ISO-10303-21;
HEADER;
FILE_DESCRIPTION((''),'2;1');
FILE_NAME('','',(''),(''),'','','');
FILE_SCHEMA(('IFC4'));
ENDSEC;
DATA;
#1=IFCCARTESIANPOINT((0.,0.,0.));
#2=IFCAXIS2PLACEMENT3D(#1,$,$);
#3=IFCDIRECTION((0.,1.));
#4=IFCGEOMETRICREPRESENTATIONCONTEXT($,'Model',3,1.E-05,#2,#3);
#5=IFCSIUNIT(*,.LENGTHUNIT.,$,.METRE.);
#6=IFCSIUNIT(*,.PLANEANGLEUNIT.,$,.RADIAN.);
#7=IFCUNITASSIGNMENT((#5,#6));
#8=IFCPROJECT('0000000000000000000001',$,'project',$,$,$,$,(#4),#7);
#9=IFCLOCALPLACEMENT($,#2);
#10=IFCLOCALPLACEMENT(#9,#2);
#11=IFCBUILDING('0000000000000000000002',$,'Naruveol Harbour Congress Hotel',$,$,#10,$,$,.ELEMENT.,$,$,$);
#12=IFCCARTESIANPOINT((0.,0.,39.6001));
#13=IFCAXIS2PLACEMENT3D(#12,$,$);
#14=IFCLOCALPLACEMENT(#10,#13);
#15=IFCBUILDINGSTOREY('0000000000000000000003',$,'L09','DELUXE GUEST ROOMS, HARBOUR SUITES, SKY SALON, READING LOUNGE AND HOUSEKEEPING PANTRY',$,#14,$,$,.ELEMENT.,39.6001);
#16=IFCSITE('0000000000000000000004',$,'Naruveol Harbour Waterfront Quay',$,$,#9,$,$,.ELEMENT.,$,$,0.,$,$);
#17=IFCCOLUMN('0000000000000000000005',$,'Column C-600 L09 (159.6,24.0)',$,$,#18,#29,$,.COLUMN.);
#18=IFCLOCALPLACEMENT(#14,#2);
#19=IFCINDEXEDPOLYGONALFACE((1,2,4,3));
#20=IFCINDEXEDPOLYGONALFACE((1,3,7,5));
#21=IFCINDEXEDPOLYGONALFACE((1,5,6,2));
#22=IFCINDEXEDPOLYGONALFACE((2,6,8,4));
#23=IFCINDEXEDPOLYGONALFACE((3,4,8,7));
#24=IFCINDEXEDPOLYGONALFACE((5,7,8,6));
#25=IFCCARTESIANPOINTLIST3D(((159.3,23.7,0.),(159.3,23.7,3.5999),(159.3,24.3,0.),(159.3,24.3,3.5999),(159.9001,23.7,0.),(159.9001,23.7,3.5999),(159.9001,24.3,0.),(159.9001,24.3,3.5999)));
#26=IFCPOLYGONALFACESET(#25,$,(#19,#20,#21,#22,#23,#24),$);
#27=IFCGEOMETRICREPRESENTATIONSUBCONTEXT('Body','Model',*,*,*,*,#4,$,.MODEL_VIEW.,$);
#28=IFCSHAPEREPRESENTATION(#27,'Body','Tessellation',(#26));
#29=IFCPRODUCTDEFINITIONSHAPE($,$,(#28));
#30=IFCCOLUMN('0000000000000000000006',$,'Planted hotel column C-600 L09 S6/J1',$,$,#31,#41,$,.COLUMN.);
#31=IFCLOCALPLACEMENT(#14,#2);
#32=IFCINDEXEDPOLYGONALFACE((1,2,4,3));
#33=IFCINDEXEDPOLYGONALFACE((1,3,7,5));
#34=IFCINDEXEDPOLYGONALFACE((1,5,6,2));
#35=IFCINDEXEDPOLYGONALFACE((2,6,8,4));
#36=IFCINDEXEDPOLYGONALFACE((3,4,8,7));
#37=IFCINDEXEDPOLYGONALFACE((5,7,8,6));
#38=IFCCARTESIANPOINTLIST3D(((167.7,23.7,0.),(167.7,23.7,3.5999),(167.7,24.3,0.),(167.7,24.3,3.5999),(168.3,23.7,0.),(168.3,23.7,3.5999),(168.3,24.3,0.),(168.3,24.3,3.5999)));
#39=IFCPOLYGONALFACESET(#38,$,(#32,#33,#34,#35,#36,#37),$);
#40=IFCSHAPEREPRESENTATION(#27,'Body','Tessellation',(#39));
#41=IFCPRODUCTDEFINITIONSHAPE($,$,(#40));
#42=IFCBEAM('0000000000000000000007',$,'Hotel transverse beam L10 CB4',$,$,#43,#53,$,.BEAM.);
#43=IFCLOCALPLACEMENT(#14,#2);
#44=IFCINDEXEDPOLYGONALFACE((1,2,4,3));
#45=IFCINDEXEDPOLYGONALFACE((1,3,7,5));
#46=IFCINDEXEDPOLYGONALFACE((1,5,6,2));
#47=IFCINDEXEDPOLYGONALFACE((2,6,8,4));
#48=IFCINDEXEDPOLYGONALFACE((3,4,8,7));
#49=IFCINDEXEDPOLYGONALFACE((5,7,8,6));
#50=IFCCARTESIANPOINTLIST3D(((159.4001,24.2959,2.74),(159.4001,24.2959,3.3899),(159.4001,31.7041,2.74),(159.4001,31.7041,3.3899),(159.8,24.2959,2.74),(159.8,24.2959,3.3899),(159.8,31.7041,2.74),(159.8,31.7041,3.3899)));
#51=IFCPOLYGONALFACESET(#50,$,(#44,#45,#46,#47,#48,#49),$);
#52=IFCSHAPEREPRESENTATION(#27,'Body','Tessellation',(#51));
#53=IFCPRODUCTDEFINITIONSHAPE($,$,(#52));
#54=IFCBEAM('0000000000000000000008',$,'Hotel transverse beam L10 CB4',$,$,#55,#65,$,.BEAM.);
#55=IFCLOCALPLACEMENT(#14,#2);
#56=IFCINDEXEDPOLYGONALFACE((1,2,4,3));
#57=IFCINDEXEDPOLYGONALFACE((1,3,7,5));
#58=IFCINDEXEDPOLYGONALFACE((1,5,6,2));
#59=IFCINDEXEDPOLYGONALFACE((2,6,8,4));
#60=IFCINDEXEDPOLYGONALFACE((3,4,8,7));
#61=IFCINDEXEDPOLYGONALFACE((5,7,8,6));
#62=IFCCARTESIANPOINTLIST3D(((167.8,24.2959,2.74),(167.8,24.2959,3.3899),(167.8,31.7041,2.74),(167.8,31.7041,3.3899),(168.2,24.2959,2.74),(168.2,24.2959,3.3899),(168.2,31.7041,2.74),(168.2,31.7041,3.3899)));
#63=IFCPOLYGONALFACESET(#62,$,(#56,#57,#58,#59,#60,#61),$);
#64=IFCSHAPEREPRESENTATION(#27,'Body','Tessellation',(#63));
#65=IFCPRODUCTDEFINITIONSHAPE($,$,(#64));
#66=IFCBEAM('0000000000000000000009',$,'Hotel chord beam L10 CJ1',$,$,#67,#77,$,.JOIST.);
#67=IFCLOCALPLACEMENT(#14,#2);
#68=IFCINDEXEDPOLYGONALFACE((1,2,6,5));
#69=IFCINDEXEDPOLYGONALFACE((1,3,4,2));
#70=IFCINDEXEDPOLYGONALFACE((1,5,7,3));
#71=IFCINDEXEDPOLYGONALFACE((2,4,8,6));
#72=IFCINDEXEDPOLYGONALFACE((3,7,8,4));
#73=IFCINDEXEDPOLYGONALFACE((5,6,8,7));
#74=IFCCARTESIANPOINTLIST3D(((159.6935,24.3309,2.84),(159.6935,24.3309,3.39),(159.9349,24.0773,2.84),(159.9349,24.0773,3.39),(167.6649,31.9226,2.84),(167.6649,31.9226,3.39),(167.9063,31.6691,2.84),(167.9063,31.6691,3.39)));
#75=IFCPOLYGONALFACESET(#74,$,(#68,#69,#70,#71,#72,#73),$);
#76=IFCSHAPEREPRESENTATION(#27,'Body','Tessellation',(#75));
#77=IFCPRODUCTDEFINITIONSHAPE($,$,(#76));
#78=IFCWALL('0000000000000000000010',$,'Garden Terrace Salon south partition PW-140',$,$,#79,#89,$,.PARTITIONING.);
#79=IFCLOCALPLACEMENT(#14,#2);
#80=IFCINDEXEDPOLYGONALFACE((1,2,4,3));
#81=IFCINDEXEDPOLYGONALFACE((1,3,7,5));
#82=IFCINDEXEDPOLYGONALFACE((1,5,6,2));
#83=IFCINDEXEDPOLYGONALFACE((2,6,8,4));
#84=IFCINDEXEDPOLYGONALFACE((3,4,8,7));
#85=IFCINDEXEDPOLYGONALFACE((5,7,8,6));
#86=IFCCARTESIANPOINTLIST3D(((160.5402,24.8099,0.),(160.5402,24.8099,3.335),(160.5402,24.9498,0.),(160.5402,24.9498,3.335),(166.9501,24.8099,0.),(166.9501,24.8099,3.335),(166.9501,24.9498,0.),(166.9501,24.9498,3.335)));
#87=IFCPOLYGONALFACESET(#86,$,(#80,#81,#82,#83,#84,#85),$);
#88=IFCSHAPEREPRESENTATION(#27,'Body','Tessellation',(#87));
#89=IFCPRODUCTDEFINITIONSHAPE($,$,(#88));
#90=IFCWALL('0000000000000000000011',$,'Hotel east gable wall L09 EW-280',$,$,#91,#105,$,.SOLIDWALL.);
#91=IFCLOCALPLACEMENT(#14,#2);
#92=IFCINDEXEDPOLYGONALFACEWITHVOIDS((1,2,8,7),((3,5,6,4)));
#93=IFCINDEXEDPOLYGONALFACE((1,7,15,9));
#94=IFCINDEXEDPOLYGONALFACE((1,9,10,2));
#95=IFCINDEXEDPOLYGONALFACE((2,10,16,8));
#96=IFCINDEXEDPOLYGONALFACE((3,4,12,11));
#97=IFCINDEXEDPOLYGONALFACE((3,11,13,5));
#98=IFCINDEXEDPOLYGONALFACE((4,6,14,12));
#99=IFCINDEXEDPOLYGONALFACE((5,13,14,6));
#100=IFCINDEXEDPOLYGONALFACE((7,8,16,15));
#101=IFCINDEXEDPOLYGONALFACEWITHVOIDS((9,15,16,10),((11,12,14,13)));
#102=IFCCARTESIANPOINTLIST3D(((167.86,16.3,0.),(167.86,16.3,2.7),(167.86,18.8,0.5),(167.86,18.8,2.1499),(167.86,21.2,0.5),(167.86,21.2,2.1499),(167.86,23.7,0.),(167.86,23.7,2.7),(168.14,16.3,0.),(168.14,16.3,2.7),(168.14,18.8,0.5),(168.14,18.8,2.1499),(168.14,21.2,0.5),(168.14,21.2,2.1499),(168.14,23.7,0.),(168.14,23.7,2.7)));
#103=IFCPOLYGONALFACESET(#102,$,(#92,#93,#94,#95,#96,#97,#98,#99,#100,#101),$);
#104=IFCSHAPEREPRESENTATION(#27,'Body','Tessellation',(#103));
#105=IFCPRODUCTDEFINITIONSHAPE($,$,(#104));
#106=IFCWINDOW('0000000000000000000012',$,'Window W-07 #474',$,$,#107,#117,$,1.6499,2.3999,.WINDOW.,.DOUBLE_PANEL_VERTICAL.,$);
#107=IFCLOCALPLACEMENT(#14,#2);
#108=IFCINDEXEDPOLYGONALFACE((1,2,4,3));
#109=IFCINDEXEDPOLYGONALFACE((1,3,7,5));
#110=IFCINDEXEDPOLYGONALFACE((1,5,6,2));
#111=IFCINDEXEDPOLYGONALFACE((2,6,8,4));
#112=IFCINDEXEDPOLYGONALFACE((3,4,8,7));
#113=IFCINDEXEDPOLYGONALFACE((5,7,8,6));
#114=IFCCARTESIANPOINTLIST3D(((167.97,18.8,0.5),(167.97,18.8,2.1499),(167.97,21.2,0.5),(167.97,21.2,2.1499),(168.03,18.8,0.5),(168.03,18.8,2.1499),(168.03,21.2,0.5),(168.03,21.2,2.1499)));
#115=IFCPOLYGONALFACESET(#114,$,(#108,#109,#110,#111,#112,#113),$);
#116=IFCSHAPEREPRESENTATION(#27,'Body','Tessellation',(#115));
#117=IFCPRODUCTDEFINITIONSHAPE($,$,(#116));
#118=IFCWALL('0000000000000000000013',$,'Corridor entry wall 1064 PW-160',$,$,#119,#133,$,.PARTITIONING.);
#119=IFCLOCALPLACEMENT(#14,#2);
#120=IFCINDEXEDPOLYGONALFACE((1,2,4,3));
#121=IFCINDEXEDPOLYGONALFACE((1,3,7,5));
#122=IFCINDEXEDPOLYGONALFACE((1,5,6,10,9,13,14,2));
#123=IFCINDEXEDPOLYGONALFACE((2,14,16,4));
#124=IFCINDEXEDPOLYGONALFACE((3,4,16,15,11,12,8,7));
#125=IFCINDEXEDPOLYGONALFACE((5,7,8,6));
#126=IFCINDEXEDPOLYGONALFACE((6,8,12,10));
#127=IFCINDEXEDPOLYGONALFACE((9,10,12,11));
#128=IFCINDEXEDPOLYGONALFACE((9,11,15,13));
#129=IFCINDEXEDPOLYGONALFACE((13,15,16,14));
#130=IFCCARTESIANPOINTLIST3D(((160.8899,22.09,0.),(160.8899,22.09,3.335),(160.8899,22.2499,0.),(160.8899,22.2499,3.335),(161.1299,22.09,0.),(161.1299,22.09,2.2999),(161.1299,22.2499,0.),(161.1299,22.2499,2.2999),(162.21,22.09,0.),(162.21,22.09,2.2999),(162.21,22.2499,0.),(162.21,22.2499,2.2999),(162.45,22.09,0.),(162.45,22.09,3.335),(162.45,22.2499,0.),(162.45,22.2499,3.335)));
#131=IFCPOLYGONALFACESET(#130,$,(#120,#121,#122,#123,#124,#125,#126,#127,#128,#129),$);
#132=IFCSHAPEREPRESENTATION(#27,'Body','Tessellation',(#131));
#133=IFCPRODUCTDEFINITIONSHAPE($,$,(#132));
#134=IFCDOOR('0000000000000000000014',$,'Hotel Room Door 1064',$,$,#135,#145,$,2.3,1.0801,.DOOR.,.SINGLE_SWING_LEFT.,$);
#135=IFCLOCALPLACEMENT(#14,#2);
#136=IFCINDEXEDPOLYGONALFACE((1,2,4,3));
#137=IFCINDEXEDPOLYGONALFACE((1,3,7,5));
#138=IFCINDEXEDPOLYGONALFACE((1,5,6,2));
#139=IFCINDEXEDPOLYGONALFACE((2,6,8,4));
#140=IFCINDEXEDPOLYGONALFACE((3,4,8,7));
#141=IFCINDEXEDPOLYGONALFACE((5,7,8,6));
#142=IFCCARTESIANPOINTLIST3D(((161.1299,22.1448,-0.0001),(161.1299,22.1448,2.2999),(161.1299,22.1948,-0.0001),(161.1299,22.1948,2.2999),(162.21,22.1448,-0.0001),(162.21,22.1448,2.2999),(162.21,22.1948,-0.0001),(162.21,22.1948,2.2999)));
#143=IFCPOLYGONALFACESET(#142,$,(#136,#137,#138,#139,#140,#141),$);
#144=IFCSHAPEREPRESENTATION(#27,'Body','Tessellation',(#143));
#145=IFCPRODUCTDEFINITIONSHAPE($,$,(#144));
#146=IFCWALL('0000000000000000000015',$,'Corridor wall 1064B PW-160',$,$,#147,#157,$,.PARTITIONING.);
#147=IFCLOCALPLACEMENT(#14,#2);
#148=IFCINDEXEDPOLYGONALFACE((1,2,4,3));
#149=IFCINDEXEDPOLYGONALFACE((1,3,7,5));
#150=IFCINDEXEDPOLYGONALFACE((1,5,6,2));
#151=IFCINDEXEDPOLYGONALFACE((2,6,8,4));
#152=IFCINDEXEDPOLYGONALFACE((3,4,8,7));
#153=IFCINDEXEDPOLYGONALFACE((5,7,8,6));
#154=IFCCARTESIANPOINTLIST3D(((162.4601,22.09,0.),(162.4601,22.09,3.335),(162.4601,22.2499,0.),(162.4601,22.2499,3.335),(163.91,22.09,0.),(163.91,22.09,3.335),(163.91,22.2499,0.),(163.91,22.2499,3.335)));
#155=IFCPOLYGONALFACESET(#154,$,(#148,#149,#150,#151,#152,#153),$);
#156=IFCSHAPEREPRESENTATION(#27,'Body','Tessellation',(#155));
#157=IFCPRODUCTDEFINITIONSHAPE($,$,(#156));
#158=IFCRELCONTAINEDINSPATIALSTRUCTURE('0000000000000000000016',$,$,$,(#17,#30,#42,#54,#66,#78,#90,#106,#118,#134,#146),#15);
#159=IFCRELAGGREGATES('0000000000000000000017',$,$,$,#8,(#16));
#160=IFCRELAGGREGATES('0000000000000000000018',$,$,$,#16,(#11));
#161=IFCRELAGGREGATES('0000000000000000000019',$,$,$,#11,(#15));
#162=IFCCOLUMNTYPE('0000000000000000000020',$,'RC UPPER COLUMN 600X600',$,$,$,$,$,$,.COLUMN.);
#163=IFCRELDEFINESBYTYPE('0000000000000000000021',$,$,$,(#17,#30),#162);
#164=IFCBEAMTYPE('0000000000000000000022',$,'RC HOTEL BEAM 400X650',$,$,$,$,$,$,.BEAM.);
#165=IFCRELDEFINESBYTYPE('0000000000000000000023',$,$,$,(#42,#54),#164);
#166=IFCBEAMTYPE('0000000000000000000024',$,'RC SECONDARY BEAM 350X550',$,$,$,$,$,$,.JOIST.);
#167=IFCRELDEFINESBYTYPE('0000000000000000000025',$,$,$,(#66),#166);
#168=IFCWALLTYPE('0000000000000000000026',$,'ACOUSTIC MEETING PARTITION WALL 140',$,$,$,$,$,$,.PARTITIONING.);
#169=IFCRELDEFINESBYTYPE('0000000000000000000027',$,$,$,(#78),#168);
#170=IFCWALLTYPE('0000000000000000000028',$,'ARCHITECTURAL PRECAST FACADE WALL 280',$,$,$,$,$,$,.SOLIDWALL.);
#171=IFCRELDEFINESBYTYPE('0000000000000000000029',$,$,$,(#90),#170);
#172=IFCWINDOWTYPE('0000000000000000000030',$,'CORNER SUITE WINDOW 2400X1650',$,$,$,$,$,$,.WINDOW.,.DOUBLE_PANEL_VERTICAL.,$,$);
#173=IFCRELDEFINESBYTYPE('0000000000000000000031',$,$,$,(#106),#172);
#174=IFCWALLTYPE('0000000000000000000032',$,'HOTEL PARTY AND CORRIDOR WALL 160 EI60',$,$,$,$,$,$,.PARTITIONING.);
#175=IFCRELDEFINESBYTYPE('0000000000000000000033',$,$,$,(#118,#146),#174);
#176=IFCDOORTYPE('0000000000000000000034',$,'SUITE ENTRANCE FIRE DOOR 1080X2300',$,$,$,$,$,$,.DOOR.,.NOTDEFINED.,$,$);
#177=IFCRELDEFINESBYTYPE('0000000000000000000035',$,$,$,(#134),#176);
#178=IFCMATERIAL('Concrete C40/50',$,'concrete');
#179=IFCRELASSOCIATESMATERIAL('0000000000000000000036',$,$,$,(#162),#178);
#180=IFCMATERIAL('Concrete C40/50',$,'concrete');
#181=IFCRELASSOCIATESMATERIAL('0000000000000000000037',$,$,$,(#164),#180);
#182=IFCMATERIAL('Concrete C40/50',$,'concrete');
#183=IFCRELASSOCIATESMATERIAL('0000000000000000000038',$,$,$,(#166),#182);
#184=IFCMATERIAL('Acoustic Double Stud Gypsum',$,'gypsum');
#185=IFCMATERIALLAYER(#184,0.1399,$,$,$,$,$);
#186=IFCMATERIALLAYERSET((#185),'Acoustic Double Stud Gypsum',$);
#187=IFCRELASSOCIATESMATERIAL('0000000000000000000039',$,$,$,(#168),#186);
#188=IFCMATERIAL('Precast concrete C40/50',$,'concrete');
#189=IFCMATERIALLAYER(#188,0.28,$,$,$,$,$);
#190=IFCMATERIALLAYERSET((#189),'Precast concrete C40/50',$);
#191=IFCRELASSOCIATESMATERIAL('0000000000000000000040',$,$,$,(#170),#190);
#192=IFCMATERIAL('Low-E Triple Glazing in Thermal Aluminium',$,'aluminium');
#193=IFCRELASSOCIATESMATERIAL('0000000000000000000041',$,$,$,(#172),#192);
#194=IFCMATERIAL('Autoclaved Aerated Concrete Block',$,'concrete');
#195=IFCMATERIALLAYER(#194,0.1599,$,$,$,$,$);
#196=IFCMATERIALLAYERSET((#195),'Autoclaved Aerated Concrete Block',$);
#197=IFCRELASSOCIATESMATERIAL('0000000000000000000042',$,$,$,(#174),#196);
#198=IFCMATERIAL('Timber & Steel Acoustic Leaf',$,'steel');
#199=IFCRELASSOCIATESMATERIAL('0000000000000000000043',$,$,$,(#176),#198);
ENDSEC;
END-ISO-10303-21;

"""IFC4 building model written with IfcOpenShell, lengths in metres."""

from ifc_helpers import new_model, si_unit, direction, frame, frame_2d, origin, origin_2d, place, context, subcontext, project, spatial, rectangle, extrude, material, layer, layer_set, material_profile, profile_set, type_object, element, fill, save


model = new_model("IFC4")

# Units and contexts
model_context = context("Model", 3, precision=1e-05, world=origin(), true_north=direction((0.0, 1.0)))
body_context = subcontext(model_context, "Body", "Model", "MODEL_VIEW")
ifc_project = project(units=[si_unit("LENGTHUNIT", "METRE"), si_unit("PLANEANGLEUNIT", "RADIAN")], contexts=[model_context])

# Site, building, storey
site_placement = place(None, origin())
site = spatial("IfcSite", under=ifc_project, at=site_placement, Name="Naruveol Harbour Waterfront Quay", CompositionType="ELEMENT", RefElevation=0.0)
building_placement = place(site_placement, origin())
building = spatial("IfcBuilding", under=site, at=building_placement, Name="Naruveol Harbour Congress Hotel", CompositionType="ELEMENT")
storey_placement = place(building_placement, frame((0.0, 0.0, 39.6001)))
storey = spatial("IfcBuildingStorey", under=building, at=storey_placement, Name="L09", Description="DELUXE GUEST ROOMS, HARBOUR SUITES, SKY SALON, READING LOUNGE AND HOUSEKEEPING PANTRY", CompositionType="ELEMENT", Elevation=39.6001)

# Columns
ifc_material_1 = material(Name="Concrete C40/50", Category="concrete")
ifc_material_profile_1 = material_profile(ifc_material_1, rectangle(XDim=0.6001, YDim=0.6001, at=origin_2d()), Name="RC-600x600")
ifc_profile_set_1 = profile_set([ifc_material_profile_1], Name="Concrete C40/50")
column_type = type_object("IfcColumnType", Name="RC UPPER COLUMN 600X600", PredefinedType="COLUMN", material=ifc_profile_set_1)
for number, where, z_axis, x_axis, name in (
    (1, (159.6001, 24.0, 0.0), (0.0, 0.0, 1.0), (1.0, 0.0, 0.0), "Column C-600 L09 (159.6,24.0)"),
    (2, (168.0, 24.0, 0.0), (0.0, 0.0, 1.0), (1.0, 0.0, 0.0), "Planted hotel column C-600 L09 S6/J1"),
):
    element("IfcColumn", number, at=place(storey_placement, frame(where, z_axis=z_axis, x_axis=x_axis)), inside=storey, type_object=column_type, Name=name, PredefinedType="COLUMN", context=body_context, shape_type="SweptSolid", body=[
        extrude(rectangle(XDim=0.6001, YDim=0.6001, at=origin_2d()), origin(), (0.0, 0.0, 1.0), 3.5999),
    ])

# Beams
ifc_material_2 = material(Name="Concrete C40/50", Category="concrete")
ifc_material_profile_2 = material_profile(ifc_material_2, rectangle(XDim=0.3999, YDim=0.6499, at=origin_2d()), Name="RCB-400x650")
ifc_profile_set_2 = profile_set([ifc_material_profile_2], Name="Concrete C40/50")
beam_type_1 = type_object("IfcBeamType", Name="RC HOTEL BEAM 400X650", PredefinedType="BEAM", material=ifc_profile_set_2)
for number, where, z_axis, x_axis, name in (
    (3, (159.6001, 24.2959, 3.0649), (0.0, 1.0, 0.0), (-1.0, 0.0, 0.0), "Hotel transverse beam L10 CB4"),
    (4, (168.0, 24.2959, 3.0649), (0.0, 1.0, 0.0), (-1.0, 0.0, 0.0), "Hotel transverse beam L10 CB4"),
):
    element("IfcBeam", number, at=place(storey_placement, frame(where, z_axis=z_axis, x_axis=x_axis)), inside=storey, type_object=beam_type_1, Name=name, PredefinedType="BEAM", context=body_context, shape_type="SweptSolid", body=[
        extrude(rectangle(XDim=0.3999, YDim=0.6499, at=origin_2d()), origin(), (0.0, 0.0, 1.0), 7.4082),
    ])
ifc_material_3 = material(Name="Concrete C40/50", Category="concrete")
ifc_material_profile_3 = material_profile(ifc_material_3, rectangle(XDim=0.3501, YDim=0.55, at=origin_2d()), Name="RCB-350x550")
ifc_profile_set_3 = profile_set([ifc_material_profile_3], Name="Concrete C40/50")
beam_type_2 = type_object("IfcBeamType", Name="RC SECONDARY BEAM 350X550", PredefinedType="JOIST", material=ifc_profile_set_3)
beam_placement = place(storey_placement, frame((159.8142, 24.2041, 3.115), z_axis=(0.72414, 0.689653, 0.0), x_axis=(-0.689653, 0.72414, 0.0)))
element("IfcBeam", 5, at=beam_placement, inside=storey, type_object=beam_type_2, Name="Hotel chord beam L10 CJ1", PredefinedType="JOIST", context=body_context, shape_type="SweptSolid", body=[
    extrude(rectangle(XDim=0.3501, YDim=0.55, at=origin_2d()), origin(), (0.0, 0.0, 1.0), 11.0081),
])

# Shared definitions
ifc_material_4 = material(Name="Acoustic Double Stud Gypsum", Category="gypsum")
ifc_layer_1 = layer(ifc_material_4, 0.1399)
ifc_layer_set_1 = layer_set([ifc_layer_1], Name="Acoustic Double Stud Gypsum")
wall_type_1 = type_object("IfcWallType", Name="ACOUSTIC MEETING PARTITION WALL 140", PredefinedType="PARTITIONING", material=ifc_layer_set_1)

# Wall
wall_1_placement = place(storey_placement, frame((160.54, 24.8799, 0.0), z_axis=(0.0, 0.0, 1.0), x_axis=(1.0, 0.0, 0.0)))
element("IfcWall", 6, at=wall_1_placement, inside=storey, type_object=wall_type_1, Name="Garden Terrace Salon south partition PW-140", PredefinedType="PARTITIONING", context=body_context, shape_type="SweptSolid", body=[
    extrude(rectangle(XDim=6.4099, YDim=0.1399, at=frame_2d((3.2051, 0.0))), origin(), (0.0, 0.0, 1.0), 3.335),
])

# Wall, opening, window
ifc_material_5 = material(Name="Precast concrete C40/50", Category="concrete")
ifc_layer_2 = layer(ifc_material_5, 0.28)
ifc_layer_set_2 = layer_set([ifc_layer_2], Name="Precast concrete C40/50")
wall_type_2 = type_object("IfcWallType", Name="ARCHITECTURAL PRECAST FACADE WALL 280", PredefinedType="SOLIDWALL", material=ifc_layer_set_2)
wall_2_placement = place(storey_placement, frame((168.0, 23.7, 0.0), z_axis=(0.0, 0.0, 1.0), x_axis=(0.0, -1.0, 0.0)))
wall_2 = element("IfcWall", 7, at=wall_2_placement, inside=storey, type_object=wall_type_2, Name="Hotel east gable wall L09 EW-280", PredefinedType="SOLIDWALL", context=body_context, shape_type="SweptSolid", body=[
    extrude(rectangle(XDim=7.3999, YDim=0.28, at=frame_2d((3.7, 0.0))), origin(), (0.0, 0.0, 1.0), 2.7),
])
opening_1_placement = place(wall_2_placement, frame((2.5, 0.0, 0.5)))
opening_1 = element("IfcOpeningElement", 8, at=opening_1_placement, cuts=wall_2, PredefinedType="OPENING", context=body_context, shape_type="SweptSolid", body=[
    extrude(rectangle(XDim=2.3999, YDim=1.6499, at=frame_2d((1.2, 0.825))), frame((0.0, 0.1499, 0.0), z_axis=(0.0, -1.0, 0.0), x_axis=(1.0, 0.0, 0.0)), (0.0, 0.0, 1.0), 0.3),
])
ifc_material_6 = material(Name="Low-E Triple Glazing in Thermal Aluminium", Category="aluminium")
window_type = type_object("IfcWindowType", Name="CORNER SUITE WINDOW 2400X1650", PartitioningType="DOUBLE_PANEL_VERTICAL", PredefinedType="WINDOW", material=ifc_material_6)
window_placement = place(opening_1_placement, origin())
window = element("IfcWindow", 9, at=window_placement, inside=storey, type_object=window_type, Name="Window W-07 #474", OverallHeight=1.6499, OverallWidth=2.3999, PartitioningType="DOUBLE_PANEL_VERTICAL", PredefinedType="WINDOW", context=body_context, shape_type="SweptSolid", body=[
    extrude(rectangle(XDim=2.3999, YDim=1.6499, at=frame_2d((1.2, 0.825))), frame((0.0, 0.03, 0.0), z_axis=(0.0, -1.0, 0.0), x_axis=(1.0, 0.0, 0.0)), (0.0, 0.0, 1.0), 0.0601),
])
fill(opening_1, window)

# Wall, opening, door
ifc_material_7 = material(Name="Autoclaved Aerated Concrete Block", Category="concrete")
ifc_layer_3 = layer(ifc_material_7, 0.1599)
ifc_layer_set_3 = layer_set([ifc_layer_3], Name="Autoclaved Aerated Concrete Block")
wall_type_3 = type_object("IfcWallType", Name="HOTEL PARTY AND CORRIDOR WALL 160 EI60", PredefinedType="PARTITIONING", material=ifc_layer_set_3)
wall_3_placement = place(storey_placement, frame((160.8899, 22.1699, 0.0), z_axis=(0.0, 0.0, 1.0), x_axis=(1.0, 0.0, 0.0)))
wall_3 = element("IfcWall", 10, at=wall_3_placement, inside=storey, type_object=wall_type_3, Name="Corridor entry wall 1064 PW-160", PredefinedType="PARTITIONING", context=body_context, shape_type="SweptSolid", body=[
    extrude(rectangle(XDim=1.5601, YDim=0.1599, at=frame_2d((0.78, 0.0))), origin(), (0.0, 0.0, 1.0), 3.335),
])
opening_2_placement = place(wall_3_placement, frame((0.24, 0.0, 0.0)))
opening_2 = element("IfcOpeningElement", 11, at=opening_2_placement, cuts=wall_3, PredefinedType="OPENING", context=body_context, shape_type="SweptSolid", body=[
    extrude(rectangle(XDim=1.0801, YDim=2.3, at=frame_2d((0.54, 1.1499))), frame((0.0, 0.0898, 0.0), z_axis=(0.0, -1.0, 0.0), x_axis=(1.0, 0.0, 0.0)), (0.0, 0.0, 1.0), 0.1799),
])
ifc_material_8 = material(Name="Timber & Steel Acoustic Leaf", Category="steel")
door_type_1 = type_object("IfcDoorType", Name="SUITE ENTRANCE FIRE DOOR 1080X2300", OperationType="NOTDEFINED", PredefinedType="DOOR", material=ifc_material_8)
door_1_placement = place(opening_2_placement, origin())
door_1 = element("IfcDoor", 12, at=door_1_placement, inside=storey, type_object=door_type_1, Name="Hotel Room Door 1064", OperationType="SINGLE_SWING_LEFT", OverallHeight=2.3, OverallWidth=1.0801, PredefinedType="DOOR", context=body_context, shape_type="SweptSolid", body=[
    extrude(rectangle(XDim=1.0801, YDim=2.3, at=frame_2d((0.54, 1.1499))), frame((0.0, 0.0249, 0.0), z_axis=(0.0, -1.0, 0.0), x_axis=(1.0, 0.0, 0.0)), (0.0, 0.0, 1.0), 0.05),
])
fill(opening_2, door_1)

# Wall
wall_4_placement = place(storey_placement, frame((162.46, 22.1699, 0.0), z_axis=(0.0, 0.0, 1.0), x_axis=(1.0, 0.0, 0.0)))
element("IfcWall", 13, at=wall_4_placement, inside=storey, type_object=wall_type_3, Name="Corridor wall 1064B PW-160", PredefinedType="PARTITIONING", context=body_context, shape_type="SweptSolid", body=[
    extrude(rectangle(XDim=1.45, YDim=0.1599, at=frame_2d((0.7251, 0.0))), origin(), (0.0, 0.0, 1.0), 3.335),
])

save(model, "model.ifc")
